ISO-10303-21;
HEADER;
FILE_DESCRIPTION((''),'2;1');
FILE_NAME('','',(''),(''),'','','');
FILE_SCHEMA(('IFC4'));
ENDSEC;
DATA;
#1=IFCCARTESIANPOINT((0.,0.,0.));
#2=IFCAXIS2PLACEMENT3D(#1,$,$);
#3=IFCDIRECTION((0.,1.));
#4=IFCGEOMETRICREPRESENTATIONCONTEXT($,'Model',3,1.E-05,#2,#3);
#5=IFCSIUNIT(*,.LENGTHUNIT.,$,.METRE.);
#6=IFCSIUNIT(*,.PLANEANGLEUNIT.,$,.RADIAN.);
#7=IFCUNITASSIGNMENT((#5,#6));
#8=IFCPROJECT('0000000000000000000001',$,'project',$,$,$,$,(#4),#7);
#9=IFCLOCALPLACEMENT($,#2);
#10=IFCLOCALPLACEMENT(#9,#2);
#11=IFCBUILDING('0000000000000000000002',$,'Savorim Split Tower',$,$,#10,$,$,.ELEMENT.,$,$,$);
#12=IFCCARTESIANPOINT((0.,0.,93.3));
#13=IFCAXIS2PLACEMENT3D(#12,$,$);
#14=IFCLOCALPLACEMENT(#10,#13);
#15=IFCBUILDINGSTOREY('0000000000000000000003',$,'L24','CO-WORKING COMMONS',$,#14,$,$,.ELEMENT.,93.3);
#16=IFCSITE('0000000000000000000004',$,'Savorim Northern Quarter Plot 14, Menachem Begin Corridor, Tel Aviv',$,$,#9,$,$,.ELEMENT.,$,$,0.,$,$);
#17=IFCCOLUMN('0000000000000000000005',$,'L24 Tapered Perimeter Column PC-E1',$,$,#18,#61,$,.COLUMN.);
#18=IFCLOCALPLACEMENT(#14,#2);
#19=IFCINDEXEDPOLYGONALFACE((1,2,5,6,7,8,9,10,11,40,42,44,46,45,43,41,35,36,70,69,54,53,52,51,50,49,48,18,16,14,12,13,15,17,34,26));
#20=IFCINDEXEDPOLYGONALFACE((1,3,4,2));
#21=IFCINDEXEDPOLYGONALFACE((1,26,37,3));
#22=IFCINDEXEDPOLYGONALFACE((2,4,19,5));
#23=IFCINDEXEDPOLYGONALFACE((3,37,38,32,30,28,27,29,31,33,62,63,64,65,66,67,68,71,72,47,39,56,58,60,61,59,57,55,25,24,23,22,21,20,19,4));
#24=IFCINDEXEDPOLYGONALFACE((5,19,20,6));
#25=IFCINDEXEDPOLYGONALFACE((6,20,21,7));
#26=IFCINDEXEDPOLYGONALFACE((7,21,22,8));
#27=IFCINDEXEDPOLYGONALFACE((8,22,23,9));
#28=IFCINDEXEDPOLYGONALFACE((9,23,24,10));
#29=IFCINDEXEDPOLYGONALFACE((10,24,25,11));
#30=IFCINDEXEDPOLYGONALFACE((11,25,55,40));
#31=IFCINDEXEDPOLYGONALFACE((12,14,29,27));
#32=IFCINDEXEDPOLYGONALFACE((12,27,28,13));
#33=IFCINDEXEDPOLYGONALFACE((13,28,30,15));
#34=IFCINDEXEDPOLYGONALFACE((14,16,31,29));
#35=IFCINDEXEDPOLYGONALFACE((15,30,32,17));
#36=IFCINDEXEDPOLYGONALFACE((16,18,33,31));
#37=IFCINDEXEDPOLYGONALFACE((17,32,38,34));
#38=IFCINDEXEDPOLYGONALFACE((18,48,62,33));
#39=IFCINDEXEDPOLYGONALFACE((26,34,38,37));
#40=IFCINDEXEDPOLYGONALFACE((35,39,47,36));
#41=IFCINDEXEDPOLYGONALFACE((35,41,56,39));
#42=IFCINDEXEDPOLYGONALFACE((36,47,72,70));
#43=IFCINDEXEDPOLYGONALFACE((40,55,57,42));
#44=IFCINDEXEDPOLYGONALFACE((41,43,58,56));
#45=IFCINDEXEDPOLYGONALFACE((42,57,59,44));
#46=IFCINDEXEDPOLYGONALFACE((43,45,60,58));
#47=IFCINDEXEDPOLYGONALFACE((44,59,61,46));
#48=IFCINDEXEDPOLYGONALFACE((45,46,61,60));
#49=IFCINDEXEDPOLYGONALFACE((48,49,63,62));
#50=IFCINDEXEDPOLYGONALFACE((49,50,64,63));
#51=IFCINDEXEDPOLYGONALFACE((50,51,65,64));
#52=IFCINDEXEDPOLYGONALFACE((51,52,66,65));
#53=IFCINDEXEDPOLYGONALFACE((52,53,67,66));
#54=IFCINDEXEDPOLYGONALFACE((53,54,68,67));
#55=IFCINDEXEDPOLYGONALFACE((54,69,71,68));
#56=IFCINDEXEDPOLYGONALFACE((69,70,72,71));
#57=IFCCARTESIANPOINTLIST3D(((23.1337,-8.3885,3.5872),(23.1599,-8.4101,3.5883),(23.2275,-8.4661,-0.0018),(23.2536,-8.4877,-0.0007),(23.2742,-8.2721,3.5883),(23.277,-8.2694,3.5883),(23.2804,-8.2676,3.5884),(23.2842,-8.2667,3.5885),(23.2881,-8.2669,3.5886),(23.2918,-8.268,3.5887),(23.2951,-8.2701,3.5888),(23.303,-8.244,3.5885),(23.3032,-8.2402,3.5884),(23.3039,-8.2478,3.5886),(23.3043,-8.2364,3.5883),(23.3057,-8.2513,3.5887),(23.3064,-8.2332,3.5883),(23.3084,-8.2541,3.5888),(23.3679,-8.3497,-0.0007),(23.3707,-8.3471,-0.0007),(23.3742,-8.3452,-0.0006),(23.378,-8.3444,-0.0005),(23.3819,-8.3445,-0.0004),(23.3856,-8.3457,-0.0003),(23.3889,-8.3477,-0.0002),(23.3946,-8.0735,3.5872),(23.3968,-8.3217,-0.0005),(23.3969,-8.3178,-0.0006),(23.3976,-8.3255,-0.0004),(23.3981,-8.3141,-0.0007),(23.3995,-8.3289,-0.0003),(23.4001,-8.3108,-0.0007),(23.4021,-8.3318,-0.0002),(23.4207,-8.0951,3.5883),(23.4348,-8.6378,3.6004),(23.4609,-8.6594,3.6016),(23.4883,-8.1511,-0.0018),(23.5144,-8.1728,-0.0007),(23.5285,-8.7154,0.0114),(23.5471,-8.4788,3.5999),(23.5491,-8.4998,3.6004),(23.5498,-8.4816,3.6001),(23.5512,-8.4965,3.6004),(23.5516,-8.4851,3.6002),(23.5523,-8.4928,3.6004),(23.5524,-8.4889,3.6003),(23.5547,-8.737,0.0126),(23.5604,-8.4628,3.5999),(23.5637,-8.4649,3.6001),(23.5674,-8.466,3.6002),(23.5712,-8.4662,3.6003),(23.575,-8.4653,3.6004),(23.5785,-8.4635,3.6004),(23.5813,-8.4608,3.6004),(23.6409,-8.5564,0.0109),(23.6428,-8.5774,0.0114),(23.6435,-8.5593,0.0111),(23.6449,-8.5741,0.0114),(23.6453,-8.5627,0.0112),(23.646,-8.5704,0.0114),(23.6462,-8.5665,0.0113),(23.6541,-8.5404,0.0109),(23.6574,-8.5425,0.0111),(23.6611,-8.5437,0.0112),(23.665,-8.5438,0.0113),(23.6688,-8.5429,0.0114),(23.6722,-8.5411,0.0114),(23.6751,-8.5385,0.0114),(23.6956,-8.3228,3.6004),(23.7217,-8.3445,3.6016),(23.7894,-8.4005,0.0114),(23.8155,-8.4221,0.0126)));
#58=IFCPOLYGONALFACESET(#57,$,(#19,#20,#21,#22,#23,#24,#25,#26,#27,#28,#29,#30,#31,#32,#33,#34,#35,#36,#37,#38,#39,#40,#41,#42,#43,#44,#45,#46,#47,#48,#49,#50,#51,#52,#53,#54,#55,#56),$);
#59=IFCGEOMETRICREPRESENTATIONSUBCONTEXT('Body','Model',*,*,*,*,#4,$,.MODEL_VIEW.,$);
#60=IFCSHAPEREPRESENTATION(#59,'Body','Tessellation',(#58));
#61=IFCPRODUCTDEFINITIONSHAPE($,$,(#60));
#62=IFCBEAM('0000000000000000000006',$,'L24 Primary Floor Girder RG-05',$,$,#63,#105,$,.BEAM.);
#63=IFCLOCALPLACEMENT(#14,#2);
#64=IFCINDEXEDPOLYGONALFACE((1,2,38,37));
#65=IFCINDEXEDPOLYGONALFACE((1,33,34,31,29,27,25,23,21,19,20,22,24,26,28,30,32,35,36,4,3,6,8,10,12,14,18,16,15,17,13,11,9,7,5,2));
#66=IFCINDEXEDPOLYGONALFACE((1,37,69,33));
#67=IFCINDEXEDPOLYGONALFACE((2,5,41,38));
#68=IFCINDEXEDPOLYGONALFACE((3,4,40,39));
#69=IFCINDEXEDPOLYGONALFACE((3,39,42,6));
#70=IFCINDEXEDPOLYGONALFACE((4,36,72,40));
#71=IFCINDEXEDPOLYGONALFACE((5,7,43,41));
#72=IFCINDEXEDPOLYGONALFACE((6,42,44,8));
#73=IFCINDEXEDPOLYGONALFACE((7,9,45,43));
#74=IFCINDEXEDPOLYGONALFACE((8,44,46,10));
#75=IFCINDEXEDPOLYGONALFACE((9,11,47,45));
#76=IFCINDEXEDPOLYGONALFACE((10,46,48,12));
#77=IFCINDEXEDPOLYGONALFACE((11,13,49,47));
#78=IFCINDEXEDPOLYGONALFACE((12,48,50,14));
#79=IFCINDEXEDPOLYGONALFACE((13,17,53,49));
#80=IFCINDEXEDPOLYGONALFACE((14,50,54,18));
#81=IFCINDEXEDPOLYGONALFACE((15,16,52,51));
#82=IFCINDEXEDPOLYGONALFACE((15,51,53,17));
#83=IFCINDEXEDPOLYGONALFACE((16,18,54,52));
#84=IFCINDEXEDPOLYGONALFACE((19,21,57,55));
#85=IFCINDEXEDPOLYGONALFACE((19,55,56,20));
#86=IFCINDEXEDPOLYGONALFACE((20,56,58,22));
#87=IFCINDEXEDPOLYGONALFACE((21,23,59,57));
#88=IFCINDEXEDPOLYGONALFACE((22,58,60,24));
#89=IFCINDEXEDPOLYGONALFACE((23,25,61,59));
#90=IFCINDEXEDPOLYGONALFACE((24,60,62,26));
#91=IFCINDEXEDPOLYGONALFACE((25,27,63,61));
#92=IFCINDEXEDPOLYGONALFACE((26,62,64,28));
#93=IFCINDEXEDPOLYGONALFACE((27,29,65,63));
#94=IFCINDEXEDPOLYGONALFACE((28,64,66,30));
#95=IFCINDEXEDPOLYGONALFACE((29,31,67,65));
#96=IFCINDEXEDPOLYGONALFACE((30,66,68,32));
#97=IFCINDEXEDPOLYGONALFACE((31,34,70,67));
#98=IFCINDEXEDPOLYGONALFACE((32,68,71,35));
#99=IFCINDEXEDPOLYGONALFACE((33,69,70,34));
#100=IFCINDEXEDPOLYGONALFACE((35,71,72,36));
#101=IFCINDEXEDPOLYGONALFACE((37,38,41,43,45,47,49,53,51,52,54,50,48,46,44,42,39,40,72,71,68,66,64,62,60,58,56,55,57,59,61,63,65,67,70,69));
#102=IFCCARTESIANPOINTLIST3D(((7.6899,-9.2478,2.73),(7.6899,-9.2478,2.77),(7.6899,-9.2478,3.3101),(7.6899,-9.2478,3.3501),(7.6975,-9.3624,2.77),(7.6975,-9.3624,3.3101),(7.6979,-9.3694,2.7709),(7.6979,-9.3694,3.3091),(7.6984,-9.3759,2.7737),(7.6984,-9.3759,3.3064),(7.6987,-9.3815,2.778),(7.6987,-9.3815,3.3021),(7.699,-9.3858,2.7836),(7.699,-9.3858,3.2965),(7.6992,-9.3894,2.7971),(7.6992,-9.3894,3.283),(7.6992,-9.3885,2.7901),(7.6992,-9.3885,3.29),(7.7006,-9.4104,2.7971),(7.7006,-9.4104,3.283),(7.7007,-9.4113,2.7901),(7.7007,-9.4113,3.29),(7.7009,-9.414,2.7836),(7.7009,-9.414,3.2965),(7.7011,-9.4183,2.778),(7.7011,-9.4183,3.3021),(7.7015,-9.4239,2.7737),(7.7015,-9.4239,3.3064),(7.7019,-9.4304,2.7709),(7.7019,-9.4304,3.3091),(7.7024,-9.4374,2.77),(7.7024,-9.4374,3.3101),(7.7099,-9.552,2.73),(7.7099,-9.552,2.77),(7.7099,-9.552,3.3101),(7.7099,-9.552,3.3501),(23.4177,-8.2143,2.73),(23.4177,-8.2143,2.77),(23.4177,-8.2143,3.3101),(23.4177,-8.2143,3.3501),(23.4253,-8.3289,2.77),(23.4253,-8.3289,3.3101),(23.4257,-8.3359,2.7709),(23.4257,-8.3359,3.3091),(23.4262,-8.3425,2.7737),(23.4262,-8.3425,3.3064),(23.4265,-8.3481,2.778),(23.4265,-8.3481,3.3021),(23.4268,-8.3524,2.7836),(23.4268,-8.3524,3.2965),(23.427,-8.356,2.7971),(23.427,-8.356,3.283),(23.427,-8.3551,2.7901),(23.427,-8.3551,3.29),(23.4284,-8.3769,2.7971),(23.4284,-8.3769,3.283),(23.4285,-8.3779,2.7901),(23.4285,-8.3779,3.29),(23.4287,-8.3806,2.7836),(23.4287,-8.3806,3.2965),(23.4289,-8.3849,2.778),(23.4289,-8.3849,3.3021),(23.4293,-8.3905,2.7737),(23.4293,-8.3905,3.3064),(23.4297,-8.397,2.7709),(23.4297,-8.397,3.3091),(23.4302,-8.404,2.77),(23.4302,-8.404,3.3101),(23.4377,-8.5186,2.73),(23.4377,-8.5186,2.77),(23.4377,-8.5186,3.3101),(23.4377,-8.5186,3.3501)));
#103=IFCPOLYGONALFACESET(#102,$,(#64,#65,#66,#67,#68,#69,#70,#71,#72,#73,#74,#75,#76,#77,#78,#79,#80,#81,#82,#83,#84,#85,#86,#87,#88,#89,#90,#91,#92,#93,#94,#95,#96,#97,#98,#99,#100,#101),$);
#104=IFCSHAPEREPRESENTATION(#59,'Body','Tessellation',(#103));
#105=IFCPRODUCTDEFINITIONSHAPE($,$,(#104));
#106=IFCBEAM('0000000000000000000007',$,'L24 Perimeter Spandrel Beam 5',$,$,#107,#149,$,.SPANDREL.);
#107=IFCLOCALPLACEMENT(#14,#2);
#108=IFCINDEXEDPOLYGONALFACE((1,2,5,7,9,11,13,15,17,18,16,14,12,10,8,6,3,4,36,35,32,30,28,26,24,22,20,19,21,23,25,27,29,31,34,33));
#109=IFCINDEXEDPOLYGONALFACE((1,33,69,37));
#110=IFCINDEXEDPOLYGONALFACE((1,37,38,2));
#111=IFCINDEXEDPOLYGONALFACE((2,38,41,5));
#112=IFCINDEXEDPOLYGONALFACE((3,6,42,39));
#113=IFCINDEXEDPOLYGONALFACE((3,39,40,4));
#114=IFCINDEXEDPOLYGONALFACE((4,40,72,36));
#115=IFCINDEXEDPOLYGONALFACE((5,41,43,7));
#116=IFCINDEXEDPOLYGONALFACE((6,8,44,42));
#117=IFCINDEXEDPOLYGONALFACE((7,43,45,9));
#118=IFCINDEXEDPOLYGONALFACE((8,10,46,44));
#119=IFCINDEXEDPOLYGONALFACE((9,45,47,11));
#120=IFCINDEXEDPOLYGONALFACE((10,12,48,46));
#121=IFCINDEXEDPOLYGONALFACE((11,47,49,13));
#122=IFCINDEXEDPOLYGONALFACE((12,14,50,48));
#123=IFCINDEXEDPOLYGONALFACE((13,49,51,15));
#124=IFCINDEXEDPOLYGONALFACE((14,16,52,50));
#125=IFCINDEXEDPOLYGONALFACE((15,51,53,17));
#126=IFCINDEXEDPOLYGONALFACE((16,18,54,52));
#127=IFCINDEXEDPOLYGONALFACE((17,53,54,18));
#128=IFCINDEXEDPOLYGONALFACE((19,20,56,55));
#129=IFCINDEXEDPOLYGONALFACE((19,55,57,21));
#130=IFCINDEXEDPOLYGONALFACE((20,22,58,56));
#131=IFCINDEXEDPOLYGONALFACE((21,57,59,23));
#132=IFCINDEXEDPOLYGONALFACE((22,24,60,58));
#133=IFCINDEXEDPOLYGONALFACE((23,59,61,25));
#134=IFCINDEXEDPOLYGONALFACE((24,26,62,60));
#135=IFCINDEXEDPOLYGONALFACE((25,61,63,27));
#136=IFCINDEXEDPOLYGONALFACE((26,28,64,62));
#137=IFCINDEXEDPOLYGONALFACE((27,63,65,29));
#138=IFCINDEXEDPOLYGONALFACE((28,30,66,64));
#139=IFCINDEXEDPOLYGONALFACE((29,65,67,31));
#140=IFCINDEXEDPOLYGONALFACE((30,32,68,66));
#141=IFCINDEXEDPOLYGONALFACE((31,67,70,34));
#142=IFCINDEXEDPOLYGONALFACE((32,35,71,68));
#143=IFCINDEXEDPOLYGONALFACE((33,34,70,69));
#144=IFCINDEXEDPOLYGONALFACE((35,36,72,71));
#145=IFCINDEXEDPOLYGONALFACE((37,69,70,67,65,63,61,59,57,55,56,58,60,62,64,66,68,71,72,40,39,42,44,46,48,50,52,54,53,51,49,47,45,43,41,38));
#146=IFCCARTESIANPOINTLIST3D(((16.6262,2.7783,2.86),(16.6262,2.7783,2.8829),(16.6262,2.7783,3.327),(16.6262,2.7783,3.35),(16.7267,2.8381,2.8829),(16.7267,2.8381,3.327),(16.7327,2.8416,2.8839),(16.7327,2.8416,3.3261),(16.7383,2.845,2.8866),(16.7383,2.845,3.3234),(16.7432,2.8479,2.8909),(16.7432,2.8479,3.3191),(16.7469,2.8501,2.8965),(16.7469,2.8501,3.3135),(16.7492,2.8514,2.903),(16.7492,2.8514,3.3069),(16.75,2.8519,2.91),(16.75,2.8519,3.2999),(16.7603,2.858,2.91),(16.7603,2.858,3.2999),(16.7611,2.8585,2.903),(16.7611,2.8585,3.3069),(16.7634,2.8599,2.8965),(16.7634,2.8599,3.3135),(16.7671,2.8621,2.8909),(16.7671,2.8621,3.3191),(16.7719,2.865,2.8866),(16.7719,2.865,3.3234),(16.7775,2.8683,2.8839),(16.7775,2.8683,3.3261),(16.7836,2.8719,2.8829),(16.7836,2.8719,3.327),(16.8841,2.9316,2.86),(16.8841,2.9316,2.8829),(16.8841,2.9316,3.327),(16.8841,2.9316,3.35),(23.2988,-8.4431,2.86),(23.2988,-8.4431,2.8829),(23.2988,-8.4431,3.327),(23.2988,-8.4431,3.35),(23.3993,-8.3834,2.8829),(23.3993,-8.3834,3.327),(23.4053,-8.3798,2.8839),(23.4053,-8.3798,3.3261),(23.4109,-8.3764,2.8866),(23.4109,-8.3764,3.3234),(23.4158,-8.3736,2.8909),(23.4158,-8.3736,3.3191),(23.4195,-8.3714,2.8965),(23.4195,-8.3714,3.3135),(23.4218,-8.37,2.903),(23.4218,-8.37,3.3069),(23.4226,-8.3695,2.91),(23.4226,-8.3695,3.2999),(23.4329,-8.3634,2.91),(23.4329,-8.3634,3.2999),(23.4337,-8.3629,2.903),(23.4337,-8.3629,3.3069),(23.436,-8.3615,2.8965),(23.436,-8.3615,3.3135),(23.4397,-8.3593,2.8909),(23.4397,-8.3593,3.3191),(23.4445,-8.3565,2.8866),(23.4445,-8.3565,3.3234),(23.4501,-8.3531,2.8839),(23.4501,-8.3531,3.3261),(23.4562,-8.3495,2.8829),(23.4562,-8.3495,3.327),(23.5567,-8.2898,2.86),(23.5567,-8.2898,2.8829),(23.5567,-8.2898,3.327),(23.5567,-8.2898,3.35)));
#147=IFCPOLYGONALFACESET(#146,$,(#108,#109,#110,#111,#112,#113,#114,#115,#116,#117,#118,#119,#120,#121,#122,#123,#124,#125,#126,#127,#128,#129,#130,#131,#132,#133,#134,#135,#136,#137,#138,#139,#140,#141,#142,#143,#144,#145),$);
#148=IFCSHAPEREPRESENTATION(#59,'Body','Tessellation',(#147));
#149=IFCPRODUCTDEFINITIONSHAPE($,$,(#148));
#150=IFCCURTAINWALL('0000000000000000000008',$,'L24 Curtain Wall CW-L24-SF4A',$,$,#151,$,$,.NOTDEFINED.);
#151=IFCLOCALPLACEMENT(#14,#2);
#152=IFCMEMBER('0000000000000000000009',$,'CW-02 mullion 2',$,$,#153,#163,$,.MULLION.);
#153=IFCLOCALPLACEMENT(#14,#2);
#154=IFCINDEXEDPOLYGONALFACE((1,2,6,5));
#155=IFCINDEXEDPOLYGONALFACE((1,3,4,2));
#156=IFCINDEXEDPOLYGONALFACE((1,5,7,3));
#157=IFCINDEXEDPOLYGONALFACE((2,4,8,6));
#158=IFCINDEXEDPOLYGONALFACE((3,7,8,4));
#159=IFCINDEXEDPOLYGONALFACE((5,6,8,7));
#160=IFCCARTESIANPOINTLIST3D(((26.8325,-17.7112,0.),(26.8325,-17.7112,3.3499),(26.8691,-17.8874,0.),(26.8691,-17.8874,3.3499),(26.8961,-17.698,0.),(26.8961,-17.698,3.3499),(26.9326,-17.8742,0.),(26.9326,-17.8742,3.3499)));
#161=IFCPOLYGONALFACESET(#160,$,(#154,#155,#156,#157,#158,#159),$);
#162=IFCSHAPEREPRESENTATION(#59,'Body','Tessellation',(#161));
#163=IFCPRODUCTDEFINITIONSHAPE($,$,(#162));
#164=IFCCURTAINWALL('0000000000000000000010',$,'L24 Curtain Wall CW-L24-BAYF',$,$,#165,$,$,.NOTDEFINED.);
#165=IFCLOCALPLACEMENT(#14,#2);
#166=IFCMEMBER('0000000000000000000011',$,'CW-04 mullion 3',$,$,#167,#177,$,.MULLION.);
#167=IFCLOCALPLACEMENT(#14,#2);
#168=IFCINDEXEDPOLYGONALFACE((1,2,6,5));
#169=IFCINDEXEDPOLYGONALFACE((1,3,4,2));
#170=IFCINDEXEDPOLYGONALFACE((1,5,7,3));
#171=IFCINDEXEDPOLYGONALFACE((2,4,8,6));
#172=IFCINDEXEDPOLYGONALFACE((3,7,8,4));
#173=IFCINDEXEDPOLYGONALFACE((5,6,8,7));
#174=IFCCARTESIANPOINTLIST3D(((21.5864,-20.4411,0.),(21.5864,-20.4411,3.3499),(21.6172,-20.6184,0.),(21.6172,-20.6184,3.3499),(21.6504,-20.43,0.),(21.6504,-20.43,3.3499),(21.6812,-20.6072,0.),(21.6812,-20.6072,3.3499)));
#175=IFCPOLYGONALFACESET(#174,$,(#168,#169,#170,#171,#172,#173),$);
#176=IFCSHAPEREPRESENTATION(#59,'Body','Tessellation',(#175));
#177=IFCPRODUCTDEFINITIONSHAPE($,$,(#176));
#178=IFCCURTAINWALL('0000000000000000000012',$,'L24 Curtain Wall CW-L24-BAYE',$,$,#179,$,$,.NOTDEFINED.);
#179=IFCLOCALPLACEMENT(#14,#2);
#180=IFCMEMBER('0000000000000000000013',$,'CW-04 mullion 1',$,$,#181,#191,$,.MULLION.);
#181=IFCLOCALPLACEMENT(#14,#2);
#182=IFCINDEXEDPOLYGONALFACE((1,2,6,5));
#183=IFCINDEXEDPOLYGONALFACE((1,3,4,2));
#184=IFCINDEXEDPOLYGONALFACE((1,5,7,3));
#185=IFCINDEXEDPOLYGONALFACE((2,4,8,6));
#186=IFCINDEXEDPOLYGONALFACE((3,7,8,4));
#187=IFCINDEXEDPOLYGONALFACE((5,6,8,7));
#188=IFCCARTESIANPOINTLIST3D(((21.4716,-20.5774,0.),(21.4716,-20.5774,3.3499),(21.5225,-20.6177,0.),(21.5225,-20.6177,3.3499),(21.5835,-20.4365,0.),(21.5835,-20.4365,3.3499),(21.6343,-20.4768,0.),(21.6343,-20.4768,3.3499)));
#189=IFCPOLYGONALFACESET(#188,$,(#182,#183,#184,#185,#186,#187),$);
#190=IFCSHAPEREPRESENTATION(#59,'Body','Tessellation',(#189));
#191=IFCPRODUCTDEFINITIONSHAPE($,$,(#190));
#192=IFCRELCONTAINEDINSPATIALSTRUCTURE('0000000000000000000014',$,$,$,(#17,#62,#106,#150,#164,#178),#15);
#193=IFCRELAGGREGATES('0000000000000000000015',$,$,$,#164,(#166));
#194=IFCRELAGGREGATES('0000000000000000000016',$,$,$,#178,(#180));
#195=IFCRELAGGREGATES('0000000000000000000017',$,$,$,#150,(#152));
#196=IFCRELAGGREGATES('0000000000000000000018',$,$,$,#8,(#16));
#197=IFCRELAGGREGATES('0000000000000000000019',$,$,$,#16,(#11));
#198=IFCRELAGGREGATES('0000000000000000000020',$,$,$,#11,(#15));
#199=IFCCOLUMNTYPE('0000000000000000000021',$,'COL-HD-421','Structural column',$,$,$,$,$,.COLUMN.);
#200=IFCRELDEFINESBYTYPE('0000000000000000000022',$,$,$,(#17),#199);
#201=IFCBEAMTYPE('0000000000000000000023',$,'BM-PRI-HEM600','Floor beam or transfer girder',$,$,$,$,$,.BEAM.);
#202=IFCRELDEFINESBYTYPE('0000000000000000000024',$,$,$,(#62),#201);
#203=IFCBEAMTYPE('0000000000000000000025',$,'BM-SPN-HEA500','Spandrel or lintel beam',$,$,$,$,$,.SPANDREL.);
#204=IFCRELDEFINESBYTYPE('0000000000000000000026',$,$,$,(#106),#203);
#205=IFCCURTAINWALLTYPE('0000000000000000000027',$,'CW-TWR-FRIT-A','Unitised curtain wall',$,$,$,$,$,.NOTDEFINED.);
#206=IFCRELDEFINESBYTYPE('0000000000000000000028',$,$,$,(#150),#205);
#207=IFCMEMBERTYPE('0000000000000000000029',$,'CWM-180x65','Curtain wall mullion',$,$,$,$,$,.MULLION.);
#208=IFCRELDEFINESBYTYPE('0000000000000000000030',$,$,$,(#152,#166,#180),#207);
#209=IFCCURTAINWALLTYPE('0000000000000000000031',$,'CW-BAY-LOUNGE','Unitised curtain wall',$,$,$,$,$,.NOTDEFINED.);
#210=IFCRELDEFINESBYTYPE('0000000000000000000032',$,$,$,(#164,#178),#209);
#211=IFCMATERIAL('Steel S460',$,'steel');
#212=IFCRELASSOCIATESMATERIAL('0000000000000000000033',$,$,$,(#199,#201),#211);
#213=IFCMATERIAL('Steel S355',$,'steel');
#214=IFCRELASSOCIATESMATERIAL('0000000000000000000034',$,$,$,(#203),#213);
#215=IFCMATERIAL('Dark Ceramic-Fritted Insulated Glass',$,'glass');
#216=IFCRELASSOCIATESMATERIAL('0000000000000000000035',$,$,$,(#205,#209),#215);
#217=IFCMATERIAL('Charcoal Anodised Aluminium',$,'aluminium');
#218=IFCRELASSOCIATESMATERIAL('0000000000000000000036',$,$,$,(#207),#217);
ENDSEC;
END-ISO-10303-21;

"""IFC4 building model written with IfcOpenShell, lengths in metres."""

from ifc_helpers import new_model, si_unit, direction, frame, origin, origin_2d, place, context, subcontext, project, spatial, rectangle, i_section, extrude, material, material_profile, profile_set, type_object, element, aggregate, save


model = new_model("IFC4")

# Units and contexts
model_context = context("Model", 3, precision=1e-05, world=origin(), true_north=direction((0.0, 1.0)))
body_context = subcontext(model_context, "Body", "Model", "MODEL_VIEW")
ifc_project = project(units=[si_unit("LENGTHUNIT", "METRE"), si_unit("PLANEANGLEUNIT", "RADIAN")], contexts=[model_context])

# Site, building, storey
site_placement = place(None, origin())
site = spatial("IfcSite", under=ifc_project, at=site_placement, Name="Savorim Northern Quarter Plot 14, Menachem Begin Corridor, Tel Aviv", CompositionType="ELEMENT", RefElevation=0.0)
building_placement = place(site_placement, origin())
building = spatial("IfcBuilding", under=site, at=building_placement, Name="Savorim Split Tower", CompositionType="ELEMENT")
storey_placement = place(building_placement, frame((0.0, 0.0, 93.3)))
storey = spatial("IfcBuildingStorey", under=building, at=storey_placement, Name="L24", Description="CO-WORKING COMMONS", CompositionType="ELEMENT", Elevation=93.3)

# Column
ifc_material_1 = material(Name="Steel S460", Category="steel")
ifc_material_profile_1 = material_profile(ifc_material_1, i_section(OverallWidth=0.4089, OverallDepth=0.425, WebThickness=0.0208, FlangeThickness=0.0339, FilletRadius=0.0149, at=origin_2d()), Name="HD 400x421")
ifc_profile_set_1 = profile_set([ifc_material_profile_1], Name="Steel S460")
column_type = type_object("IfcColumnType", Name="COL-HD-421", Description="Structural column", PredefinedType="COLUMN", material=ifc_profile_set_1)
column_placement = place(storey_placement, frame((23.5215, -8.4441, 0.0054), z_axis=(-0.026106, 0.021619, 0.999425), x_axis=(-0.637814, -0.77019, 0.0)))
element("IfcColumn", 1, at=column_placement, inside=storey, type_object=column_type, Name="L24 Tapered Perimeter Column PC-E1", PredefinedType="COLUMN", context=body_context, shape_type="SweptSolid", body=[
    extrude(i_section(OverallWidth=0.4089, OverallDepth=0.425, WebThickness=0.0208, FlangeThickness=0.0339, FilletRadius=0.0149, at=origin_2d()), origin(), (0.0, 0.0, 1.0), 3.5911),
])

# Beams
ifc_material_profile_2 = material_profile(ifc_material_1, i_section(OverallWidth=0.3049, OverallDepth=0.6201, WebThickness=0.021, FlangeThickness=0.04, FilletRadius=0.0271, at=origin_2d()), Name="HE 600 M")
ifc_profile_set_2 = profile_set([ifc_material_profile_2], Name="Steel S460")
beam_type_1 = type_object("IfcBeamType", Name="BM-PRI-HEM600", Description="Floor beam or transfer girder", PredefinedType="BEAM", material=ifc_profile_set_2)
beam_1_placement = place(storey_placement, frame((23.4277, -8.3665, 3.04), z_axis=(-0.997848, -0.065567, 0.0), x_axis=(0.065567, -0.997848, 0.0)))
element("IfcBeam", 2, at=beam_1_placement, inside=storey, type_object=beam_type_1, Name="L24 Primary Floor Girder RG-05", PredefinedType="BEAM", context=body_context, shape_type="SweptSolid", body=[
    extrude(i_section(OverallWidth=0.3049, OverallDepth=0.6201, WebThickness=0.021, FlangeThickness=0.04, FilletRadius=0.0271, at=origin_2d()), origin(), (0.0, 0.0, 1.0), 15.7617),
])
ifc_material_2 = material(Name="Steel S355", Category="steel")
ifc_material_profile_3 = material_profile(ifc_material_2, i_section(OverallWidth=0.3, OverallDepth=0.49, WebThickness=0.012, FlangeThickness=0.0229, FilletRadius=0.0271, at=origin_2d()), Name="HEA 500")
ifc_profile_set_3 = profile_set([ifc_material_profile_3], Name="Steel S355")
beam_type_2 = type_object("IfcBeamType", Name="BM-SPN-HEA500", Description="Spandrel or lintel beam", PredefinedType="SPANDREL", material=ifc_profile_set_3)
beam_2_placement = place(storey_placement, frame((23.4277, -8.3665, 3.105), z_axis=(-0.511098, 0.859522, 0.0), x_axis=(-0.859522, -0.511098, 0.0)))
element("IfcBeam", 3, at=beam_2_placement, inside=storey, type_object=beam_type_2, Name="L24 Perimeter Spandrel Beam 5", PredefinedType="SPANDREL", context=body_context, shape_type="SweptSolid", body=[
    extrude(i_section(OverallWidth=0.3, OverallDepth=0.49, WebThickness=0.012, FlangeThickness=0.0229, FilletRadius=0.0271, at=origin_2d()), origin(), (0.0, 0.0, 1.0), 13.0554),
])

# Curtain walls, members
ifc_material_3 = material(Name="Dark Ceramic-Fritted Insulated Glass", Category="glass")
curtain_wall_type_1 = type_object("IfcCurtainWallType", Name="CW-TWR-FRIT-A", Description="Unitised curtain wall", PredefinedType="NOTDEFINED", material=ifc_material_3)
curtain_wall_1_placement = place(storey_placement, origin())
curtain_wall_1 = element("IfcCurtainWall", 4, at=curtain_wall_1_placement, inside=storey, type_object=curtain_wall_type_1, Name="L24 Curtain Wall CW-L24-SF4A", PredefinedType="NOTDEFINED")
ifc_material_4 = material(Name="Charcoal Anodised Aluminium", Category="aluminium")
ifc_material_profile_4 = material_profile(ifc_material_4, rectangle(XDim=0.1799, YDim=0.0649, at=origin_2d()), Name="ALU-M 180x65")
ifc_profile_set_4 = profile_set([ifc_material_profile_4], Name="Charcoal Anodised Aluminium")
member_type_1 = type_object("IfcMemberType", Name="CWM-180x65", Description="Curtain wall mullion", PredefinedType="MULLION", material=ifc_profile_set_4)
member_1_placement = place(storey_placement, frame((26.8826, -17.7927, 0.0), z_axis=(0.0, 0.0, 1.0), x_axis=(-0.203218, 0.979133, 0.0)))
member_1 = element("IfcMember", 5, at=member_1_placement, type_object=member_type_1, Name="CW-02 mullion 2", PredefinedType="MULLION", context=body_context, shape_type="SweptSolid", body=[
    extrude(rectangle(XDim=0.1799, YDim=0.0649, at=origin_2d()), origin(), (0.0, 0.0, 1.0), 3.3499),
])
curtain_wall_type_2 = type_object("IfcCurtainWallType", Name="CW-BAY-LOUNGE", Description="Unitised curtain wall", PredefinedType="NOTDEFINED", material=ifc_material_3)
curtain_wall_2_placement = place(storey_placement, origin())
curtain_wall_2 = element("IfcCurtainWall", 6, at=curtain_wall_2_placement, inside=storey, type_object=curtain_wall_type_2, Name="L24 Curtain Wall CW-L24-BAYF", PredefinedType="NOTDEFINED")
member_2_placement = place(storey_placement, frame((21.6338, -20.5242, 0.0), z_axis=(0.0, 0.0, 1.0), x_axis=(-0.171191, 0.985238, 0.0)))
member_2 = element("IfcMember", 7, at=member_2_placement, type_object=member_type_1, Name="CW-04 mullion 3", PredefinedType="MULLION", context=body_context, shape_type="SweptSolid", body=[
    extrude(rectangle(XDim=0.1799, YDim=0.0649, at=origin_2d()), origin(), (0.0, 0.0, 1.0), 3.3499),
])
aggregate(curtain_wall_2, [member_2])
curtain_wall_3_placement = place(storey_placement, origin())
curtain_wall_3 = element("IfcCurtainWall", 8, at=curtain_wall_3_placement, inside=storey, type_object=curtain_wall_type_2, Name="L24 Curtain Wall CW-L24-BAYE", PredefinedType="NOTDEFINED")
member_3_placement = place(storey_placement, frame((21.553, -20.5271, 0.0), z_axis=(0.0, 0.0, 1.0), x_axis=(-0.621806, -0.783171, 0.0)))
member_3 = element("IfcMember", 9, at=member_3_placement, type_object=member_type_1, Name="CW-04 mullion 1", PredefinedType="MULLION", context=body_context, shape_type="SweptSolid", body=[
    extrude(rectangle(XDim=0.1799, YDim=0.0649, at=origin_2d()), origin(), (0.0, 0.0, 1.0), 3.3499),
])

aggregate(curtain_wall_3, [member_3])

aggregate(curtain_wall_1, [member_1])

save(model, "model.ifc")
